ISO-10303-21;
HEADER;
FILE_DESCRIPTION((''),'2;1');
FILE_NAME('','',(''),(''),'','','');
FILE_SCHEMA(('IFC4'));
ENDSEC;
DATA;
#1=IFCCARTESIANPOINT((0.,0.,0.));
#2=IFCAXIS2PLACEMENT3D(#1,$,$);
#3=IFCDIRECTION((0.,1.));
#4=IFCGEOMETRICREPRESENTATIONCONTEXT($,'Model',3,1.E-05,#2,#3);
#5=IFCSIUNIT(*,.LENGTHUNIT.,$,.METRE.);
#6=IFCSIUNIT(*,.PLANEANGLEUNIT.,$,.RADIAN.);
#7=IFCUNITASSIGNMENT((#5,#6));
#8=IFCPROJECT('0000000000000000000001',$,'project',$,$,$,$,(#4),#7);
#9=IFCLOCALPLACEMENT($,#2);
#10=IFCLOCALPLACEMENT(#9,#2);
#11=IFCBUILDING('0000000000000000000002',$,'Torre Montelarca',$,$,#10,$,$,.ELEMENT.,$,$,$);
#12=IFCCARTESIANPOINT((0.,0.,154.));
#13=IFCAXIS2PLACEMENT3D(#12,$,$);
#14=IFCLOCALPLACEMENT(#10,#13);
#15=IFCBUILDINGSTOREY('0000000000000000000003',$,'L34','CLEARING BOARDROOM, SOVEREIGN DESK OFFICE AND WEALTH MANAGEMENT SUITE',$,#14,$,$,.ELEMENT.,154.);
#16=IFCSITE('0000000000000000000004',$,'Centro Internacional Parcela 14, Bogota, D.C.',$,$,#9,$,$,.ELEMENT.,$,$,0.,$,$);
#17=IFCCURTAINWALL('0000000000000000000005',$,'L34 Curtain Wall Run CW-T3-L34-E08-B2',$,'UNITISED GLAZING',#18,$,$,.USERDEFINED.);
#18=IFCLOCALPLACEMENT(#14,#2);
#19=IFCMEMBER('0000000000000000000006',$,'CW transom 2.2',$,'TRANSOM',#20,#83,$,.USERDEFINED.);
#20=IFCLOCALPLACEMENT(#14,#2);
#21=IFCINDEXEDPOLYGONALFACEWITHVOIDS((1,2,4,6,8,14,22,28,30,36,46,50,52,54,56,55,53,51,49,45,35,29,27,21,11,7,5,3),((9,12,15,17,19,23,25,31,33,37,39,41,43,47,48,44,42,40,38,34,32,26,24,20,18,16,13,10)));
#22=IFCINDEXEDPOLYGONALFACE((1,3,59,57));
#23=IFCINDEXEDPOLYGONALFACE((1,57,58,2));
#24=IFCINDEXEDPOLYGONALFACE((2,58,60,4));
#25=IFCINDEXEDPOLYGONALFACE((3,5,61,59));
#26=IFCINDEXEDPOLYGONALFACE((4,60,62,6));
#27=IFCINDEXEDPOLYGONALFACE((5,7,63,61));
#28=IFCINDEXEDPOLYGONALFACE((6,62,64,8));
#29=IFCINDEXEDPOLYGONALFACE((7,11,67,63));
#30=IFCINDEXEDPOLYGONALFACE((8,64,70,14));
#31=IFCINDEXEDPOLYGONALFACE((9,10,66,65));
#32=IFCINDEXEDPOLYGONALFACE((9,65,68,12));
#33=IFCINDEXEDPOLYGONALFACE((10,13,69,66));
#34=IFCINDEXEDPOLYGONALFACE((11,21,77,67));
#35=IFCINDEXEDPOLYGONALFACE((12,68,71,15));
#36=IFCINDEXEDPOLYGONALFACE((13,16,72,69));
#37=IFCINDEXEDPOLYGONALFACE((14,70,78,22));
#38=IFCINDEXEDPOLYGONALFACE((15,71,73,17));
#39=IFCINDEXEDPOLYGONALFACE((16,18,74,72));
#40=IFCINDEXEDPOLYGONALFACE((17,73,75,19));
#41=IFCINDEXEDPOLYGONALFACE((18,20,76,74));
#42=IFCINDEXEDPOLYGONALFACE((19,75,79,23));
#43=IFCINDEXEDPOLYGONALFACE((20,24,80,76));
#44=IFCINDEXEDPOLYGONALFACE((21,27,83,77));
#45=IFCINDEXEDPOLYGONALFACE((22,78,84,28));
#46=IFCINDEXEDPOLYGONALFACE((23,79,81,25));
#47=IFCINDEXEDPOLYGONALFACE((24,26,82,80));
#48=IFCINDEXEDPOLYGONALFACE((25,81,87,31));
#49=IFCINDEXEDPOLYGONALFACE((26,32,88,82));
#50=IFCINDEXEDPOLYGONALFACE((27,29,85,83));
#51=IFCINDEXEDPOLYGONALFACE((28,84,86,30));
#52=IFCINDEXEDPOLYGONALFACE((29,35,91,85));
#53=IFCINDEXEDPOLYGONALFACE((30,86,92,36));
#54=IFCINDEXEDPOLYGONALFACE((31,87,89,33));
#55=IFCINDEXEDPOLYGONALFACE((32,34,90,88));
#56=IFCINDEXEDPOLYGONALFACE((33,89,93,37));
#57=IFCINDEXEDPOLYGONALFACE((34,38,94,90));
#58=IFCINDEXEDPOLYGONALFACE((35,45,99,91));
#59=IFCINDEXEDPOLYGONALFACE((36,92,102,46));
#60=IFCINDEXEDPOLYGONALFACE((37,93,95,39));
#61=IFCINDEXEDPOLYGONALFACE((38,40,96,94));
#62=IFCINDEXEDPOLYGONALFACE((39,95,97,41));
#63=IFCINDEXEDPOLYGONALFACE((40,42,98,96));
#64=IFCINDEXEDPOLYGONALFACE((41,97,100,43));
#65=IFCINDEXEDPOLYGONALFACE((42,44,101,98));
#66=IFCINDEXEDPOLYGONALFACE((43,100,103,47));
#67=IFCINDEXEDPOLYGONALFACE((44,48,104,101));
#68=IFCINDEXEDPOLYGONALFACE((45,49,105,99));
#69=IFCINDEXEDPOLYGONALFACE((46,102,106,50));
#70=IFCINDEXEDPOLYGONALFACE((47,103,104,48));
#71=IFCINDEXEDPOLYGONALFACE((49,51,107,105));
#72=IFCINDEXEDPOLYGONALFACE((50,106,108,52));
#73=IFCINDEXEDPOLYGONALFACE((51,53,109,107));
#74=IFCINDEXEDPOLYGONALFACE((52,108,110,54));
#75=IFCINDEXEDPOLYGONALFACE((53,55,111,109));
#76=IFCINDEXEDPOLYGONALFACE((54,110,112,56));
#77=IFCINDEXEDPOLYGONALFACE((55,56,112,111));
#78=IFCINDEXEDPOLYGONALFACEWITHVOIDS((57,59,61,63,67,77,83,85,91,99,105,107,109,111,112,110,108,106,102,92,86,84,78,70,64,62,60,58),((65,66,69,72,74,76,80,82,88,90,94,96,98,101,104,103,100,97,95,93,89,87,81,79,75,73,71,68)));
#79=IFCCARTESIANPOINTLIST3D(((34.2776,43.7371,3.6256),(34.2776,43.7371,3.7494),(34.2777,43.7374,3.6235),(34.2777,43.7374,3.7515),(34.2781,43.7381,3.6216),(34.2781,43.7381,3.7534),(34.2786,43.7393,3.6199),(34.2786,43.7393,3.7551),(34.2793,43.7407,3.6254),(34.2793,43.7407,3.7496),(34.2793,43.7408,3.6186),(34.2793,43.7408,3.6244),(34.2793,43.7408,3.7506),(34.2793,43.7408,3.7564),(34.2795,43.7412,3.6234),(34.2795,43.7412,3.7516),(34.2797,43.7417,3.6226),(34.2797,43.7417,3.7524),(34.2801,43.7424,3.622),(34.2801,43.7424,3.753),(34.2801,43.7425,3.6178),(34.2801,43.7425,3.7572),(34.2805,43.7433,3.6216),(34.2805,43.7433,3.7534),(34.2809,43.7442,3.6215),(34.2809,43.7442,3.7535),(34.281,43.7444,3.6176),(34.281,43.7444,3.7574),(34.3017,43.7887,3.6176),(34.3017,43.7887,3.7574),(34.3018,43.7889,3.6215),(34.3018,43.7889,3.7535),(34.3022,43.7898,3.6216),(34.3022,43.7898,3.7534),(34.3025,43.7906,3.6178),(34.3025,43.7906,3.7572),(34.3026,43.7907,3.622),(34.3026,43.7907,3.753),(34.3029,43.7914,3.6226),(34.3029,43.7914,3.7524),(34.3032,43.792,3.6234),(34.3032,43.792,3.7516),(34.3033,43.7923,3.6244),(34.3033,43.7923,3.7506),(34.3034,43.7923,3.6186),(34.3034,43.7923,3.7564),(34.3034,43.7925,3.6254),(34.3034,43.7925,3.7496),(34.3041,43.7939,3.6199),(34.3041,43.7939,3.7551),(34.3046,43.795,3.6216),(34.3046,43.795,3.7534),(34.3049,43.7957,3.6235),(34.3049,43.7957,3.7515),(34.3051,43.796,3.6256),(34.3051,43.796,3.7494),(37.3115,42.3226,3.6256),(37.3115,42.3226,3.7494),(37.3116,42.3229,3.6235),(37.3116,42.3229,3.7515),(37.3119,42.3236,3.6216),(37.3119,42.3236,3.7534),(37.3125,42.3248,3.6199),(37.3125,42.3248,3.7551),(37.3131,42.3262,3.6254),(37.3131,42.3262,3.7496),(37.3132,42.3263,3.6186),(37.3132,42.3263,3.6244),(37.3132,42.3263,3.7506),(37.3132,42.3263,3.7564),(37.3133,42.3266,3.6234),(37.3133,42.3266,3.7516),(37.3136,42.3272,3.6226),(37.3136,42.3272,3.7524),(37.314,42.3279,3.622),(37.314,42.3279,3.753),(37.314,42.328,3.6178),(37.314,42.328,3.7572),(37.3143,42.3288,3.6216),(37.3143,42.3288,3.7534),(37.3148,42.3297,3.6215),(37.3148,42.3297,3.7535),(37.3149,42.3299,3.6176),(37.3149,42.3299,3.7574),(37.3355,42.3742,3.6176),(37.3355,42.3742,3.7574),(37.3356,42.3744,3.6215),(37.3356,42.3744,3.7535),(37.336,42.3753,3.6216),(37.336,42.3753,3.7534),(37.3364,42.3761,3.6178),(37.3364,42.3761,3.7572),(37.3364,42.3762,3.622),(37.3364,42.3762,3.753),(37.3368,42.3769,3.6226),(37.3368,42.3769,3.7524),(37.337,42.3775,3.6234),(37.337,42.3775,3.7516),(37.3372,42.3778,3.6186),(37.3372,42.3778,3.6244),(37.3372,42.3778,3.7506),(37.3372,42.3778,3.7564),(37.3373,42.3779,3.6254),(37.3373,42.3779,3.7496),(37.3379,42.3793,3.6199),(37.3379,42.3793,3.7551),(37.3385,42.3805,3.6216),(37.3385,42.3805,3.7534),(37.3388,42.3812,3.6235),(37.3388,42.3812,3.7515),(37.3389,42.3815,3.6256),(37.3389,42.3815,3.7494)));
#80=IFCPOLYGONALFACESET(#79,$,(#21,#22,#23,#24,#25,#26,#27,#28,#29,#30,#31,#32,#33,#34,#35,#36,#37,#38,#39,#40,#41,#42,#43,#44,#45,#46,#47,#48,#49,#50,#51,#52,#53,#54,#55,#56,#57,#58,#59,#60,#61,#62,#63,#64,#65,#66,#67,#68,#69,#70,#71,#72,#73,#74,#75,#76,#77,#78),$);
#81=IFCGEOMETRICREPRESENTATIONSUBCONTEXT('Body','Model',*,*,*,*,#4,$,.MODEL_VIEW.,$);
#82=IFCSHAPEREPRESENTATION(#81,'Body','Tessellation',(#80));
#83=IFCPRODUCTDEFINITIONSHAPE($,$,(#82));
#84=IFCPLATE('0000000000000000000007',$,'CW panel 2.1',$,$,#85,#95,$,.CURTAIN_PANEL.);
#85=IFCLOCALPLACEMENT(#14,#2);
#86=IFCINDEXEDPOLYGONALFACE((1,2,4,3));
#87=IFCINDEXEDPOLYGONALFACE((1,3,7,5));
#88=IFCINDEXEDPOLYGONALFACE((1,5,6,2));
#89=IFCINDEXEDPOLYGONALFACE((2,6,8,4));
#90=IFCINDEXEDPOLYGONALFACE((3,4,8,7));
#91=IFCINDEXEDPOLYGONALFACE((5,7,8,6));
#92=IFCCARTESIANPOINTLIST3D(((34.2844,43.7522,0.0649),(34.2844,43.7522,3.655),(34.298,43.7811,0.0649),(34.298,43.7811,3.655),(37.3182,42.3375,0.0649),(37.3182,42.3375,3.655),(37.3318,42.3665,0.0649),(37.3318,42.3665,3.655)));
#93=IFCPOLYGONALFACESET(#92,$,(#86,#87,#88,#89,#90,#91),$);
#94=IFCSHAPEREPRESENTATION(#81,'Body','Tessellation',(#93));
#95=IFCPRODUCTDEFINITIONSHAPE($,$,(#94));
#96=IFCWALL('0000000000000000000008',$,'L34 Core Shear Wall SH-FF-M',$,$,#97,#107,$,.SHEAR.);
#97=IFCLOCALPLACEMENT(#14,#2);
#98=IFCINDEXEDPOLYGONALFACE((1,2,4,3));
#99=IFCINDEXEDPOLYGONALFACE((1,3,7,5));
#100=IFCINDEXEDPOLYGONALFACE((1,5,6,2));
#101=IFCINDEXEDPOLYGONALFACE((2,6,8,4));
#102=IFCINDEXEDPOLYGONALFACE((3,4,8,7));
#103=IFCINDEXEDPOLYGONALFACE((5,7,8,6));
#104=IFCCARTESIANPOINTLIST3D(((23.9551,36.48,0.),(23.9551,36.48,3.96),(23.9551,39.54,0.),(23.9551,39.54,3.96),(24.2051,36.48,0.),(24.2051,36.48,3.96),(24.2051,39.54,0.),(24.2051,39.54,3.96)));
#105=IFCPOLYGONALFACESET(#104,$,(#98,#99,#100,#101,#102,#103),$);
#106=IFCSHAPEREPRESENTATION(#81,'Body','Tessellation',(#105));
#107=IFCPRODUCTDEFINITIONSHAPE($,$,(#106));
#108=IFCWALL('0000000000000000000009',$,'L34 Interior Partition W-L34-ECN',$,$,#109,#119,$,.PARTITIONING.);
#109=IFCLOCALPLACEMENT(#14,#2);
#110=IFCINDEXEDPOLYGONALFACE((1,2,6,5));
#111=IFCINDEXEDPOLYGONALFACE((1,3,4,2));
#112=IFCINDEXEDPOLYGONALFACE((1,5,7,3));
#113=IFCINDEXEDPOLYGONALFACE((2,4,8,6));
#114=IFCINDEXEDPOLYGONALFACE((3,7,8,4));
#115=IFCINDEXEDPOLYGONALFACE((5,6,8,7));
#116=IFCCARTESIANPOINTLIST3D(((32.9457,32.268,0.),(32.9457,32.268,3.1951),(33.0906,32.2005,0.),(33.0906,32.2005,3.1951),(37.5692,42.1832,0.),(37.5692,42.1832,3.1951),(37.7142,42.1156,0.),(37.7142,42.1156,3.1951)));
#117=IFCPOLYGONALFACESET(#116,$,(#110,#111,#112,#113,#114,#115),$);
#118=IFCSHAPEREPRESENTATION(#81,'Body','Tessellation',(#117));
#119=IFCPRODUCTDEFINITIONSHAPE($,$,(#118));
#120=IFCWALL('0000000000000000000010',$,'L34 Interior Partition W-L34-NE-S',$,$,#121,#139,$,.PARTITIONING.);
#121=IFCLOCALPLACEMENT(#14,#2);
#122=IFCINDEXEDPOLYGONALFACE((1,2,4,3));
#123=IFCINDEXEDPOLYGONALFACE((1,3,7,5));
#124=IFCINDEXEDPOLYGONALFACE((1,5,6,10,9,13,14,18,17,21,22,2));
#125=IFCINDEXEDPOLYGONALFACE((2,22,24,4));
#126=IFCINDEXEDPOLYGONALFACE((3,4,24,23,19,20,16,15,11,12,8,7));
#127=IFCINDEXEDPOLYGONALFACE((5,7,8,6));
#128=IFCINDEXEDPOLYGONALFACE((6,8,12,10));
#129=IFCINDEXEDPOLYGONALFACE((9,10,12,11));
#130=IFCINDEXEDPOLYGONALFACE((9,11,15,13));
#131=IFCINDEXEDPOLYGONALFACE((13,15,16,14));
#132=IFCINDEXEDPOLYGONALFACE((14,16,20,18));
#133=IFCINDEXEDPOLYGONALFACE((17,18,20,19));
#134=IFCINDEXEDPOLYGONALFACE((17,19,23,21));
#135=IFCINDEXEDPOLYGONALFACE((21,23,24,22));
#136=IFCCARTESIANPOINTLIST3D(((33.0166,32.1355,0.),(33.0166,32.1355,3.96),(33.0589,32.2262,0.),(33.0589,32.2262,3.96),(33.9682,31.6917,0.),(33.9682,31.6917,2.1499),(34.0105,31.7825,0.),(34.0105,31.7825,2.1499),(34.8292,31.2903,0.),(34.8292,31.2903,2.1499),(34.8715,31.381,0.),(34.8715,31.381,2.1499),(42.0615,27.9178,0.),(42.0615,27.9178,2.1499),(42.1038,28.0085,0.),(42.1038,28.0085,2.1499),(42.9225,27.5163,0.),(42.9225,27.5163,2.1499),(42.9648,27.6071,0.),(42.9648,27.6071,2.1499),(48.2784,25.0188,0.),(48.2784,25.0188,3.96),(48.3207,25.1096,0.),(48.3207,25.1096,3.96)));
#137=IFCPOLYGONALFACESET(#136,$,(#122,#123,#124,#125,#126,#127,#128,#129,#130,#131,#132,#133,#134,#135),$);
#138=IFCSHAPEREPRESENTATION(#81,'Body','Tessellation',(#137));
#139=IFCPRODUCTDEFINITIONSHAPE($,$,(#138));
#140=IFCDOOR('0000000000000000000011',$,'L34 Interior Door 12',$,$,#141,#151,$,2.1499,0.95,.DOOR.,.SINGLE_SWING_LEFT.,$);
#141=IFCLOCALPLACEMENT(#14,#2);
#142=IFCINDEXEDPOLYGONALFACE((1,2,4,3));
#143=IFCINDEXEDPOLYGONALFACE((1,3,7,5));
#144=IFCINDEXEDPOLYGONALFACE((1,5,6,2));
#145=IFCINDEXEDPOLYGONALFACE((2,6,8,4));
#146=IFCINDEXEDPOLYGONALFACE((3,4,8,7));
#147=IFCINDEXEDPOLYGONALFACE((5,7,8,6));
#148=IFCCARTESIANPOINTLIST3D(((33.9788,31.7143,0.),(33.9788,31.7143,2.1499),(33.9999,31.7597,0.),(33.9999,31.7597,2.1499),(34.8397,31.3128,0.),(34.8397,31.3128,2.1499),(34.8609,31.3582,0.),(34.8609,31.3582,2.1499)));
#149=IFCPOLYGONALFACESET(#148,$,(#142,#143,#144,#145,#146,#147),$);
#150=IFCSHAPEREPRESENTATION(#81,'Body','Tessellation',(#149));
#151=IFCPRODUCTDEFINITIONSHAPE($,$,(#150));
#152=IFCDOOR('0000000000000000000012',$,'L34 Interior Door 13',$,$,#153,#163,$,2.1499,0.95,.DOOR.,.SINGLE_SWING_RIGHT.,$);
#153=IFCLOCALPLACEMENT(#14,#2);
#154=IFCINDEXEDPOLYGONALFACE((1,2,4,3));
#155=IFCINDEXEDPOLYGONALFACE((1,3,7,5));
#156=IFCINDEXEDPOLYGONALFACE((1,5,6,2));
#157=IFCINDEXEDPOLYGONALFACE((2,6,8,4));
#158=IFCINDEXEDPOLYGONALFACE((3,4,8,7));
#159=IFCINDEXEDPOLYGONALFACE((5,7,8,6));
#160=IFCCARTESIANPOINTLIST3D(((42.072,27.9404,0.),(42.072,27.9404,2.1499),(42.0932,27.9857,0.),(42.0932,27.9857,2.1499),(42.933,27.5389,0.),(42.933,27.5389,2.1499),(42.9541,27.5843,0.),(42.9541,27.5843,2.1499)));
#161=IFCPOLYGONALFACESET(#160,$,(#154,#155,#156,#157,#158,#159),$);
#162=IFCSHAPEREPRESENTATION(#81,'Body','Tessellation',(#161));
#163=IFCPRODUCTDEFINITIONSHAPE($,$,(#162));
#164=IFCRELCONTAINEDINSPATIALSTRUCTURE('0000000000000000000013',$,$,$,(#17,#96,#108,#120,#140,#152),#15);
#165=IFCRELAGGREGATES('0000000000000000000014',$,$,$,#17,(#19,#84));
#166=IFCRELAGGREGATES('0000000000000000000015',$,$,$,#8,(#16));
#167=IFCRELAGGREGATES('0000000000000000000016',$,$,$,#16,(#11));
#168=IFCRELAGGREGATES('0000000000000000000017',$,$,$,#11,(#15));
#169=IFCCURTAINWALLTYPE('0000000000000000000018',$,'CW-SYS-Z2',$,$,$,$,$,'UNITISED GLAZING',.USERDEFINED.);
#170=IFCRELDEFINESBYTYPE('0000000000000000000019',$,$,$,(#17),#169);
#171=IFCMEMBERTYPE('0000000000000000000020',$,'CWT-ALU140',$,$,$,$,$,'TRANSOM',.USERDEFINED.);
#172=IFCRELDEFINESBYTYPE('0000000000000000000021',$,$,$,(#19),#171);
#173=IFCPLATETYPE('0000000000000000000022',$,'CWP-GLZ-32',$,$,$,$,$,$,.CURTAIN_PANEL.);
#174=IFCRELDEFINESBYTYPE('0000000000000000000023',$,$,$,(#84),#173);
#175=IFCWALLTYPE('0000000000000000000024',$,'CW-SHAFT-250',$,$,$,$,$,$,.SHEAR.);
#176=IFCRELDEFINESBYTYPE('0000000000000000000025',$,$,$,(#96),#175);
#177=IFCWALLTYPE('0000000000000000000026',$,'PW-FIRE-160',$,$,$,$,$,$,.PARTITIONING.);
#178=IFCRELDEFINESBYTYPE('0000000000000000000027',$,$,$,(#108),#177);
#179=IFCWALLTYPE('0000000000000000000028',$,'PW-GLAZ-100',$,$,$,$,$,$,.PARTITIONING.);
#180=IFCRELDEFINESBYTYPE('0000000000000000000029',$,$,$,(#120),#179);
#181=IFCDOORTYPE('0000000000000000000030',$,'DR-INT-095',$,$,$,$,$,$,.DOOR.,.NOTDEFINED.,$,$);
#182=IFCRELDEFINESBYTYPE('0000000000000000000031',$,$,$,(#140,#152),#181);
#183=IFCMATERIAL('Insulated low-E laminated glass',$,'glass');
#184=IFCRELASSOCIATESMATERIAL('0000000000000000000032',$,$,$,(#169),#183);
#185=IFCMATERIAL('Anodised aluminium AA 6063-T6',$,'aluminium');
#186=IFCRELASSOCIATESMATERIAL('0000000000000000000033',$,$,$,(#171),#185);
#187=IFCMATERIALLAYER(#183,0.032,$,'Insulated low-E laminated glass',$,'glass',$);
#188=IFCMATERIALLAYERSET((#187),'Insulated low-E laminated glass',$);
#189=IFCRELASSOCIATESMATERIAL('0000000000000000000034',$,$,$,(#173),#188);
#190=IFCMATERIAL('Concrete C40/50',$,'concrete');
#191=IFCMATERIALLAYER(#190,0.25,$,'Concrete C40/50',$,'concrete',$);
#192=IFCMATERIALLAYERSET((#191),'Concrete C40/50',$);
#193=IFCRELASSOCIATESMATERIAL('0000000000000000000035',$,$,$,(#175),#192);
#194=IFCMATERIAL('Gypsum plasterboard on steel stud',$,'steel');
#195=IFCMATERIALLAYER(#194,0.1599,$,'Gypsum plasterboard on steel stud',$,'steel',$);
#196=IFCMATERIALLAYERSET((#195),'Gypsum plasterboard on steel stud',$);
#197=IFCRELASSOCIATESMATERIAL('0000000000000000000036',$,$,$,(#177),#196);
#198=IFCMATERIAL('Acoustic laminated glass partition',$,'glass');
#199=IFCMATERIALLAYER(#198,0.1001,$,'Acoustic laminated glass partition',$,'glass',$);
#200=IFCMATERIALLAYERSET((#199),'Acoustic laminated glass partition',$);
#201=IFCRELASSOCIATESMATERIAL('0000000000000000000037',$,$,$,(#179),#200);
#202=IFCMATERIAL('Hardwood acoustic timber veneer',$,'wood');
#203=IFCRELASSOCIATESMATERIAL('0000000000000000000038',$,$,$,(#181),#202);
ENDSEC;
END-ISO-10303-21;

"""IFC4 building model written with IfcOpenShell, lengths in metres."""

from ifc_helpers import new_model, si_unit, direction, frame, frame_2d, origin, origin_2d, place, context, subcontext, project, spatial, rectangle, hollow_rectangle, extrude, source, transform, mapped, material, layer, layer_set, material_profile, profile_set, type_object, element, fill, aggregate, save


model = new_model("IFC4")

# Units and contexts
model_context = context("Model", 3, precision=1e-05, world=origin(), true_north=direction((0.0, 1.0)))
body_context = subcontext(model_context, "Body", "Model", "MODEL_VIEW")
ifc_project = project(units=[si_unit("LENGTHUNIT", "METRE"), si_unit("PLANEANGLEUNIT", "RADIAN")], contexts=[model_context])

# Site, building, storey
site_placement = place(None, origin())
site = spatial("IfcSite", under=ifc_project, at=site_placement, Name="Centro Internacional Parcela 14, Bogota, D.C.", CompositionType="ELEMENT", RefElevation=0.0)
building_placement = place(site_placement, origin())
building = spatial("IfcBuilding", under=site, at=building_placement, Name="Torre Montelarca", CompositionType="ELEMENT")
storey_placement = place(building_placement, frame((0.0, 0.0, 154.0)))
storey = spatial("IfcBuildingStorey", under=building, at=storey_placement, Name="L34", Description="CLEARING BOARDROOM, SOVEREIGN DESK OFFICE AND WEALTH MANAGEMENT SUITE", CompositionType="ELEMENT", Elevation=154.0)

# Curtain wall, member, plate
ifc_material_1 = material(Name="Insulated low-E laminated glass", Category="glass")
curtain_wall_type = type_object("IfcCurtainWallType", Name="CW-SYS-Z2", ElementType="UNITISED GLAZING", PredefinedType="USERDEFINED", material=ifc_material_1)
curtain_wall_placement = place(storey_placement, origin())
curtain_wall = element("IfcCurtainWall", 1, at=curtain_wall_placement, inside=storey, type_object=curtain_wall_type, Name="L34 Curtain Wall Run CW-T3-L34-E08-B2", ObjectType="UNITISED GLAZING", PredefinedType="USERDEFINED")
ifc_material_2 = material(Name="Anodised aluminium AA 6063-T6", Category="aluminium")
ifc_material_profile_1 = material_profile(ifc_material_2, hollow_rectangle(XDim=0.0649, YDim=0.1399, WallThickness=0.0039, InnerFilletRadius=0.0039, OuterFilletRadius=0.0081, at=origin_2d()), Name="ALU65X140X4", Category="aluminium")
ifc_profile_set_1 = profile_set([ifc_material_profile_1], Name="Anodised aluminium AA 6063-T6")
member_type_1 = type_object("IfcMemberType", Name="CWT-ALU140", ElementType="TRANSOM", PredefinedType="USERDEFINED", material=ifc_profile_set_1)
shared_shape_1 = source(origin(), body_context, "Body", "SweptSolid", [
    extrude(hollow_rectangle(XDim=0.0649, YDim=0.1399, WallThickness=0.0039, InnerFilletRadius=0.0039, OuterFilletRadius=0.0081, at=origin_2d()), origin(), (0.0, 0.0, 1.0), 3.3474),
])
member_1_placement = place(storey_placement, frame((37.3252, 42.3521, 3.6875), z_axis=(-0.90633, 0.42257, 0.0), x_axis=(-0.42257, -0.90633, 0.0)))
member_1 = element("IfcMember", 2, at=member_1_placement, type_object=member_type_1, Name="CW transom 2.2", ObjectType="TRANSOM", PredefinedType="USERDEFINED", context=body_context, shape_type="MappedRepresentation", body=[
    mapped(shared_shape_1, transform((0.0, 0.0, 0.0), scale=1.0)),
])
ifc_layer_1 = layer(ifc_material_1, 0.032, Name="Insulated low-E laminated glass", Category="glass")
ifc_layer_set_1 = layer_set([ifc_layer_1], Name="Insulated low-E laminated glass")
plate_type = type_object("IfcPlateType", Name="CWP-GLZ-32", PredefinedType="CURTAIN_PANEL", material=ifc_layer_set_1)
shared_shape_2 = source(origin(), body_context, "Body", "SweptSolid", [
    extrude(rectangle(XDim=3.3474, YDim=0.032, at=origin_2d()), origin(), (0.0, 0.0, 1.0), 3.5901),
])
plate_placement = place(storey_placement, frame((35.8081, 43.0593, 0.0649), z_axis=(0.0, 0.0, 1.0), x_axis=(-0.906311, 0.422611, 0.0)))
plate = element("IfcPlate", 3, at=plate_placement, type_object=plate_type, Name="CW panel 2.1", PredefinedType="CURTAIN_PANEL", context=body_context, shape_type="MappedRepresentation", body=[
    mapped(shared_shape_2, transform((0.0, 0.0, 0.0), scale=1.0)),
])
aggregate(curtain_wall, [member_1, plate])

# Walls
ifc_material_3 = material(Name="Concrete C40/50", Category="concrete")
ifc_layer_2 = layer(ifc_material_3, 0.25, Name="Concrete C40/50", Category="concrete")
ifc_layer_set_2 = layer_set([ifc_layer_2], Name="Concrete C40/50")
wall_type_1 = type_object("IfcWallType", Name="CW-SHAFT-250", PredefinedType="SHEAR", material=ifc_layer_set_2)
wall_1_placement = place(storey_placement, frame((24.0801, 36.48, 0.0), z_axis=(0.0, 0.0, 1.0), x_axis=(0.0, 1.0, 0.0)))
element("IfcWall", 4, at=wall_1_placement, inside=storey, type_object=wall_type_1, Name="L34 Core Shear Wall SH-FF-M", PredefinedType="SHEAR", context=body_context, shape_type="SweptSolid", body=[
    extrude(rectangle(XDim=3.0601, YDim=0.25, at=frame_2d((1.53, 0.0))), origin(), (0.0, 0.0, 1.0), 3.96),
])
ifc_material_4 = material(Name="Gypsum plasterboard on steel stud", Category="steel")
ifc_layer_3 = layer(ifc_material_4, 0.1599, Name="Gypsum plasterboard on steel stud", Category="steel")
ifc_layer_set_3 = layer_set([ifc_layer_3], Name="Gypsum plasterboard on steel stud")
wall_type_2 = type_object("IfcWallType", Name="PW-FIRE-160", PredefinedType="PARTITIONING", material=ifc_layer_set_3)
wall_2_placement = place(storey_placement, frame((33.0181, 32.2341, 0.0), z_axis=(0.0, 0.0, 1.0), x_axis=(0.422624, 0.906305, 0.0)))
element("IfcWall", 5, at=wall_2_placement, inside=storey, type_object=wall_type_2, Name="L34 Interior Partition W-L34-ECN", PredefinedType="PARTITIONING", context=body_context, shape_type="SweptSolid", body=[
    extrude(rectangle(XDim=10.9402, YDim=0.1599, at=frame_2d((5.4702, 0.0))), origin(), (0.0, 0.0, 1.0), 3.1951),
])

# Wall, openings, doors
ifc_material_5 = material(Name="Acoustic laminated glass partition", Category="glass")
ifc_layer_4 = layer(ifc_material_5, 0.1001, Name="Acoustic laminated glass partition", Category="glass")
ifc_layer_set_4 = layer_set([ifc_layer_4], Name="Acoustic laminated glass partition")
wall_type_3 = type_object("IfcWallType", Name="PW-GLAZ-100", PredefinedType="PARTITIONING", material=ifc_layer_set_4)
wall_3_placement = place(storey_placement, frame((33.0376, 32.1809, 0.0), z_axis=(0.0, 0.0, 1.0), x_axis=(0.906309, -0.422615, 0.0)))
wall_3 = element("IfcWall", 6, at=wall_3_placement, inside=storey, type_object=wall_type_3, Name="L34 Interior Partition W-L34-NE-S", PredefinedType="PARTITIONING", context=body_context, shape_type="SweptSolid", body=[
    extrude(rectangle(XDim=16.8396, YDim=0.1001, at=frame_2d((8.4199, 0.0))), origin(), (0.0, 0.0, 1.0), 3.96),
])
opening_1_placement = place(wall_3_placement, frame((1.05, 0.0, 0.0)))
opening_1 = element("IfcOpeningElement", 7, at=opening_1_placement, cuts=wall_3, PredefinedType="OPENING", context=body_context, shape_type="SweptSolid", body=[
    extrude(rectangle(XDim=0.95, YDim=2.1499, at=frame_2d((0.4751, 1.075))), frame((0.0, 0.0601, 0.0), z_axis=(0.0, -1.0, 0.0), x_axis=(1.0, 0.0, 0.0)), (0.0, 0.0, 1.0), 0.1201),
])
opening_2_placement = place(wall_3_placement, frame((9.98, 0.0, 0.0)))
opening_2 = element("IfcOpeningElement", 8, at=opening_2_placement, cuts=wall_3, PredefinedType="OPENING", context=body_context, shape_type="SweptSolid", body=[
    extrude(rectangle(XDim=0.95, YDim=2.1499, at=frame_2d((0.4751, 1.075))), frame((0.0, 0.0601, 0.0), z_axis=(0.0, -1.0, 0.0), x_axis=(1.0, 0.0, 0.0)), (0.0, 0.0, 1.0), 0.1201),
])
ifc_material_6 = material(Name="Hardwood acoustic timber veneer", Category="wood")
door_type = type_object("IfcDoorType", Name="DR-INT-095", OperationType="NOTDEFINED", PredefinedType="DOOR", material=ifc_material_6)
shared_shape_3 = source(origin(), body_context, "Body", "SweptSolid", [
    extrude(rectangle(XDim=0.95, YDim=2.1499, at=frame_2d((0.4751, 1.075))), frame((0.0, 0.0249, 0.0), z_axis=(0.0, -1.0, 0.0), x_axis=(1.0, 0.0, 0.0)), (0.0, 0.0, 1.0), 0.05),
])
door_1_placement = place(opening_1_placement, origin())
door_1 = element("IfcDoor", 9, at=door_1_placement, inside=storey, type_object=door_type, Name="L34 Interior Door 12", OperationType="SINGLE_SWING_LEFT", OverallHeight=2.1499, OverallWidth=0.95, PredefinedType="DOOR", context=body_context, shape_type="MappedRepresentation", body=[
    mapped(shared_shape_3, transform((0.0, 0.0, 0.0), scale=1.0)),
])
fill(opening_1, door_1)
door_2_placement = place(opening_2_placement, origin())
door_2 = element("IfcDoor", 10, at=door_2_placement, inside=storey, type_object=door_type, Name="L34 Interior Door 13", OperationType="SINGLE_SWING_RIGHT", OverallHeight=2.1499, OverallWidth=0.95, PredefinedType="DOOR", context=body_context, shape_type="MappedRepresentation", body=[
    mapped(shared_shape_3, transform((0.0, 0.0, 0.0), scale=1.0)),
])
fill(opening_2, door_2)

save(model, "model.ifc")
